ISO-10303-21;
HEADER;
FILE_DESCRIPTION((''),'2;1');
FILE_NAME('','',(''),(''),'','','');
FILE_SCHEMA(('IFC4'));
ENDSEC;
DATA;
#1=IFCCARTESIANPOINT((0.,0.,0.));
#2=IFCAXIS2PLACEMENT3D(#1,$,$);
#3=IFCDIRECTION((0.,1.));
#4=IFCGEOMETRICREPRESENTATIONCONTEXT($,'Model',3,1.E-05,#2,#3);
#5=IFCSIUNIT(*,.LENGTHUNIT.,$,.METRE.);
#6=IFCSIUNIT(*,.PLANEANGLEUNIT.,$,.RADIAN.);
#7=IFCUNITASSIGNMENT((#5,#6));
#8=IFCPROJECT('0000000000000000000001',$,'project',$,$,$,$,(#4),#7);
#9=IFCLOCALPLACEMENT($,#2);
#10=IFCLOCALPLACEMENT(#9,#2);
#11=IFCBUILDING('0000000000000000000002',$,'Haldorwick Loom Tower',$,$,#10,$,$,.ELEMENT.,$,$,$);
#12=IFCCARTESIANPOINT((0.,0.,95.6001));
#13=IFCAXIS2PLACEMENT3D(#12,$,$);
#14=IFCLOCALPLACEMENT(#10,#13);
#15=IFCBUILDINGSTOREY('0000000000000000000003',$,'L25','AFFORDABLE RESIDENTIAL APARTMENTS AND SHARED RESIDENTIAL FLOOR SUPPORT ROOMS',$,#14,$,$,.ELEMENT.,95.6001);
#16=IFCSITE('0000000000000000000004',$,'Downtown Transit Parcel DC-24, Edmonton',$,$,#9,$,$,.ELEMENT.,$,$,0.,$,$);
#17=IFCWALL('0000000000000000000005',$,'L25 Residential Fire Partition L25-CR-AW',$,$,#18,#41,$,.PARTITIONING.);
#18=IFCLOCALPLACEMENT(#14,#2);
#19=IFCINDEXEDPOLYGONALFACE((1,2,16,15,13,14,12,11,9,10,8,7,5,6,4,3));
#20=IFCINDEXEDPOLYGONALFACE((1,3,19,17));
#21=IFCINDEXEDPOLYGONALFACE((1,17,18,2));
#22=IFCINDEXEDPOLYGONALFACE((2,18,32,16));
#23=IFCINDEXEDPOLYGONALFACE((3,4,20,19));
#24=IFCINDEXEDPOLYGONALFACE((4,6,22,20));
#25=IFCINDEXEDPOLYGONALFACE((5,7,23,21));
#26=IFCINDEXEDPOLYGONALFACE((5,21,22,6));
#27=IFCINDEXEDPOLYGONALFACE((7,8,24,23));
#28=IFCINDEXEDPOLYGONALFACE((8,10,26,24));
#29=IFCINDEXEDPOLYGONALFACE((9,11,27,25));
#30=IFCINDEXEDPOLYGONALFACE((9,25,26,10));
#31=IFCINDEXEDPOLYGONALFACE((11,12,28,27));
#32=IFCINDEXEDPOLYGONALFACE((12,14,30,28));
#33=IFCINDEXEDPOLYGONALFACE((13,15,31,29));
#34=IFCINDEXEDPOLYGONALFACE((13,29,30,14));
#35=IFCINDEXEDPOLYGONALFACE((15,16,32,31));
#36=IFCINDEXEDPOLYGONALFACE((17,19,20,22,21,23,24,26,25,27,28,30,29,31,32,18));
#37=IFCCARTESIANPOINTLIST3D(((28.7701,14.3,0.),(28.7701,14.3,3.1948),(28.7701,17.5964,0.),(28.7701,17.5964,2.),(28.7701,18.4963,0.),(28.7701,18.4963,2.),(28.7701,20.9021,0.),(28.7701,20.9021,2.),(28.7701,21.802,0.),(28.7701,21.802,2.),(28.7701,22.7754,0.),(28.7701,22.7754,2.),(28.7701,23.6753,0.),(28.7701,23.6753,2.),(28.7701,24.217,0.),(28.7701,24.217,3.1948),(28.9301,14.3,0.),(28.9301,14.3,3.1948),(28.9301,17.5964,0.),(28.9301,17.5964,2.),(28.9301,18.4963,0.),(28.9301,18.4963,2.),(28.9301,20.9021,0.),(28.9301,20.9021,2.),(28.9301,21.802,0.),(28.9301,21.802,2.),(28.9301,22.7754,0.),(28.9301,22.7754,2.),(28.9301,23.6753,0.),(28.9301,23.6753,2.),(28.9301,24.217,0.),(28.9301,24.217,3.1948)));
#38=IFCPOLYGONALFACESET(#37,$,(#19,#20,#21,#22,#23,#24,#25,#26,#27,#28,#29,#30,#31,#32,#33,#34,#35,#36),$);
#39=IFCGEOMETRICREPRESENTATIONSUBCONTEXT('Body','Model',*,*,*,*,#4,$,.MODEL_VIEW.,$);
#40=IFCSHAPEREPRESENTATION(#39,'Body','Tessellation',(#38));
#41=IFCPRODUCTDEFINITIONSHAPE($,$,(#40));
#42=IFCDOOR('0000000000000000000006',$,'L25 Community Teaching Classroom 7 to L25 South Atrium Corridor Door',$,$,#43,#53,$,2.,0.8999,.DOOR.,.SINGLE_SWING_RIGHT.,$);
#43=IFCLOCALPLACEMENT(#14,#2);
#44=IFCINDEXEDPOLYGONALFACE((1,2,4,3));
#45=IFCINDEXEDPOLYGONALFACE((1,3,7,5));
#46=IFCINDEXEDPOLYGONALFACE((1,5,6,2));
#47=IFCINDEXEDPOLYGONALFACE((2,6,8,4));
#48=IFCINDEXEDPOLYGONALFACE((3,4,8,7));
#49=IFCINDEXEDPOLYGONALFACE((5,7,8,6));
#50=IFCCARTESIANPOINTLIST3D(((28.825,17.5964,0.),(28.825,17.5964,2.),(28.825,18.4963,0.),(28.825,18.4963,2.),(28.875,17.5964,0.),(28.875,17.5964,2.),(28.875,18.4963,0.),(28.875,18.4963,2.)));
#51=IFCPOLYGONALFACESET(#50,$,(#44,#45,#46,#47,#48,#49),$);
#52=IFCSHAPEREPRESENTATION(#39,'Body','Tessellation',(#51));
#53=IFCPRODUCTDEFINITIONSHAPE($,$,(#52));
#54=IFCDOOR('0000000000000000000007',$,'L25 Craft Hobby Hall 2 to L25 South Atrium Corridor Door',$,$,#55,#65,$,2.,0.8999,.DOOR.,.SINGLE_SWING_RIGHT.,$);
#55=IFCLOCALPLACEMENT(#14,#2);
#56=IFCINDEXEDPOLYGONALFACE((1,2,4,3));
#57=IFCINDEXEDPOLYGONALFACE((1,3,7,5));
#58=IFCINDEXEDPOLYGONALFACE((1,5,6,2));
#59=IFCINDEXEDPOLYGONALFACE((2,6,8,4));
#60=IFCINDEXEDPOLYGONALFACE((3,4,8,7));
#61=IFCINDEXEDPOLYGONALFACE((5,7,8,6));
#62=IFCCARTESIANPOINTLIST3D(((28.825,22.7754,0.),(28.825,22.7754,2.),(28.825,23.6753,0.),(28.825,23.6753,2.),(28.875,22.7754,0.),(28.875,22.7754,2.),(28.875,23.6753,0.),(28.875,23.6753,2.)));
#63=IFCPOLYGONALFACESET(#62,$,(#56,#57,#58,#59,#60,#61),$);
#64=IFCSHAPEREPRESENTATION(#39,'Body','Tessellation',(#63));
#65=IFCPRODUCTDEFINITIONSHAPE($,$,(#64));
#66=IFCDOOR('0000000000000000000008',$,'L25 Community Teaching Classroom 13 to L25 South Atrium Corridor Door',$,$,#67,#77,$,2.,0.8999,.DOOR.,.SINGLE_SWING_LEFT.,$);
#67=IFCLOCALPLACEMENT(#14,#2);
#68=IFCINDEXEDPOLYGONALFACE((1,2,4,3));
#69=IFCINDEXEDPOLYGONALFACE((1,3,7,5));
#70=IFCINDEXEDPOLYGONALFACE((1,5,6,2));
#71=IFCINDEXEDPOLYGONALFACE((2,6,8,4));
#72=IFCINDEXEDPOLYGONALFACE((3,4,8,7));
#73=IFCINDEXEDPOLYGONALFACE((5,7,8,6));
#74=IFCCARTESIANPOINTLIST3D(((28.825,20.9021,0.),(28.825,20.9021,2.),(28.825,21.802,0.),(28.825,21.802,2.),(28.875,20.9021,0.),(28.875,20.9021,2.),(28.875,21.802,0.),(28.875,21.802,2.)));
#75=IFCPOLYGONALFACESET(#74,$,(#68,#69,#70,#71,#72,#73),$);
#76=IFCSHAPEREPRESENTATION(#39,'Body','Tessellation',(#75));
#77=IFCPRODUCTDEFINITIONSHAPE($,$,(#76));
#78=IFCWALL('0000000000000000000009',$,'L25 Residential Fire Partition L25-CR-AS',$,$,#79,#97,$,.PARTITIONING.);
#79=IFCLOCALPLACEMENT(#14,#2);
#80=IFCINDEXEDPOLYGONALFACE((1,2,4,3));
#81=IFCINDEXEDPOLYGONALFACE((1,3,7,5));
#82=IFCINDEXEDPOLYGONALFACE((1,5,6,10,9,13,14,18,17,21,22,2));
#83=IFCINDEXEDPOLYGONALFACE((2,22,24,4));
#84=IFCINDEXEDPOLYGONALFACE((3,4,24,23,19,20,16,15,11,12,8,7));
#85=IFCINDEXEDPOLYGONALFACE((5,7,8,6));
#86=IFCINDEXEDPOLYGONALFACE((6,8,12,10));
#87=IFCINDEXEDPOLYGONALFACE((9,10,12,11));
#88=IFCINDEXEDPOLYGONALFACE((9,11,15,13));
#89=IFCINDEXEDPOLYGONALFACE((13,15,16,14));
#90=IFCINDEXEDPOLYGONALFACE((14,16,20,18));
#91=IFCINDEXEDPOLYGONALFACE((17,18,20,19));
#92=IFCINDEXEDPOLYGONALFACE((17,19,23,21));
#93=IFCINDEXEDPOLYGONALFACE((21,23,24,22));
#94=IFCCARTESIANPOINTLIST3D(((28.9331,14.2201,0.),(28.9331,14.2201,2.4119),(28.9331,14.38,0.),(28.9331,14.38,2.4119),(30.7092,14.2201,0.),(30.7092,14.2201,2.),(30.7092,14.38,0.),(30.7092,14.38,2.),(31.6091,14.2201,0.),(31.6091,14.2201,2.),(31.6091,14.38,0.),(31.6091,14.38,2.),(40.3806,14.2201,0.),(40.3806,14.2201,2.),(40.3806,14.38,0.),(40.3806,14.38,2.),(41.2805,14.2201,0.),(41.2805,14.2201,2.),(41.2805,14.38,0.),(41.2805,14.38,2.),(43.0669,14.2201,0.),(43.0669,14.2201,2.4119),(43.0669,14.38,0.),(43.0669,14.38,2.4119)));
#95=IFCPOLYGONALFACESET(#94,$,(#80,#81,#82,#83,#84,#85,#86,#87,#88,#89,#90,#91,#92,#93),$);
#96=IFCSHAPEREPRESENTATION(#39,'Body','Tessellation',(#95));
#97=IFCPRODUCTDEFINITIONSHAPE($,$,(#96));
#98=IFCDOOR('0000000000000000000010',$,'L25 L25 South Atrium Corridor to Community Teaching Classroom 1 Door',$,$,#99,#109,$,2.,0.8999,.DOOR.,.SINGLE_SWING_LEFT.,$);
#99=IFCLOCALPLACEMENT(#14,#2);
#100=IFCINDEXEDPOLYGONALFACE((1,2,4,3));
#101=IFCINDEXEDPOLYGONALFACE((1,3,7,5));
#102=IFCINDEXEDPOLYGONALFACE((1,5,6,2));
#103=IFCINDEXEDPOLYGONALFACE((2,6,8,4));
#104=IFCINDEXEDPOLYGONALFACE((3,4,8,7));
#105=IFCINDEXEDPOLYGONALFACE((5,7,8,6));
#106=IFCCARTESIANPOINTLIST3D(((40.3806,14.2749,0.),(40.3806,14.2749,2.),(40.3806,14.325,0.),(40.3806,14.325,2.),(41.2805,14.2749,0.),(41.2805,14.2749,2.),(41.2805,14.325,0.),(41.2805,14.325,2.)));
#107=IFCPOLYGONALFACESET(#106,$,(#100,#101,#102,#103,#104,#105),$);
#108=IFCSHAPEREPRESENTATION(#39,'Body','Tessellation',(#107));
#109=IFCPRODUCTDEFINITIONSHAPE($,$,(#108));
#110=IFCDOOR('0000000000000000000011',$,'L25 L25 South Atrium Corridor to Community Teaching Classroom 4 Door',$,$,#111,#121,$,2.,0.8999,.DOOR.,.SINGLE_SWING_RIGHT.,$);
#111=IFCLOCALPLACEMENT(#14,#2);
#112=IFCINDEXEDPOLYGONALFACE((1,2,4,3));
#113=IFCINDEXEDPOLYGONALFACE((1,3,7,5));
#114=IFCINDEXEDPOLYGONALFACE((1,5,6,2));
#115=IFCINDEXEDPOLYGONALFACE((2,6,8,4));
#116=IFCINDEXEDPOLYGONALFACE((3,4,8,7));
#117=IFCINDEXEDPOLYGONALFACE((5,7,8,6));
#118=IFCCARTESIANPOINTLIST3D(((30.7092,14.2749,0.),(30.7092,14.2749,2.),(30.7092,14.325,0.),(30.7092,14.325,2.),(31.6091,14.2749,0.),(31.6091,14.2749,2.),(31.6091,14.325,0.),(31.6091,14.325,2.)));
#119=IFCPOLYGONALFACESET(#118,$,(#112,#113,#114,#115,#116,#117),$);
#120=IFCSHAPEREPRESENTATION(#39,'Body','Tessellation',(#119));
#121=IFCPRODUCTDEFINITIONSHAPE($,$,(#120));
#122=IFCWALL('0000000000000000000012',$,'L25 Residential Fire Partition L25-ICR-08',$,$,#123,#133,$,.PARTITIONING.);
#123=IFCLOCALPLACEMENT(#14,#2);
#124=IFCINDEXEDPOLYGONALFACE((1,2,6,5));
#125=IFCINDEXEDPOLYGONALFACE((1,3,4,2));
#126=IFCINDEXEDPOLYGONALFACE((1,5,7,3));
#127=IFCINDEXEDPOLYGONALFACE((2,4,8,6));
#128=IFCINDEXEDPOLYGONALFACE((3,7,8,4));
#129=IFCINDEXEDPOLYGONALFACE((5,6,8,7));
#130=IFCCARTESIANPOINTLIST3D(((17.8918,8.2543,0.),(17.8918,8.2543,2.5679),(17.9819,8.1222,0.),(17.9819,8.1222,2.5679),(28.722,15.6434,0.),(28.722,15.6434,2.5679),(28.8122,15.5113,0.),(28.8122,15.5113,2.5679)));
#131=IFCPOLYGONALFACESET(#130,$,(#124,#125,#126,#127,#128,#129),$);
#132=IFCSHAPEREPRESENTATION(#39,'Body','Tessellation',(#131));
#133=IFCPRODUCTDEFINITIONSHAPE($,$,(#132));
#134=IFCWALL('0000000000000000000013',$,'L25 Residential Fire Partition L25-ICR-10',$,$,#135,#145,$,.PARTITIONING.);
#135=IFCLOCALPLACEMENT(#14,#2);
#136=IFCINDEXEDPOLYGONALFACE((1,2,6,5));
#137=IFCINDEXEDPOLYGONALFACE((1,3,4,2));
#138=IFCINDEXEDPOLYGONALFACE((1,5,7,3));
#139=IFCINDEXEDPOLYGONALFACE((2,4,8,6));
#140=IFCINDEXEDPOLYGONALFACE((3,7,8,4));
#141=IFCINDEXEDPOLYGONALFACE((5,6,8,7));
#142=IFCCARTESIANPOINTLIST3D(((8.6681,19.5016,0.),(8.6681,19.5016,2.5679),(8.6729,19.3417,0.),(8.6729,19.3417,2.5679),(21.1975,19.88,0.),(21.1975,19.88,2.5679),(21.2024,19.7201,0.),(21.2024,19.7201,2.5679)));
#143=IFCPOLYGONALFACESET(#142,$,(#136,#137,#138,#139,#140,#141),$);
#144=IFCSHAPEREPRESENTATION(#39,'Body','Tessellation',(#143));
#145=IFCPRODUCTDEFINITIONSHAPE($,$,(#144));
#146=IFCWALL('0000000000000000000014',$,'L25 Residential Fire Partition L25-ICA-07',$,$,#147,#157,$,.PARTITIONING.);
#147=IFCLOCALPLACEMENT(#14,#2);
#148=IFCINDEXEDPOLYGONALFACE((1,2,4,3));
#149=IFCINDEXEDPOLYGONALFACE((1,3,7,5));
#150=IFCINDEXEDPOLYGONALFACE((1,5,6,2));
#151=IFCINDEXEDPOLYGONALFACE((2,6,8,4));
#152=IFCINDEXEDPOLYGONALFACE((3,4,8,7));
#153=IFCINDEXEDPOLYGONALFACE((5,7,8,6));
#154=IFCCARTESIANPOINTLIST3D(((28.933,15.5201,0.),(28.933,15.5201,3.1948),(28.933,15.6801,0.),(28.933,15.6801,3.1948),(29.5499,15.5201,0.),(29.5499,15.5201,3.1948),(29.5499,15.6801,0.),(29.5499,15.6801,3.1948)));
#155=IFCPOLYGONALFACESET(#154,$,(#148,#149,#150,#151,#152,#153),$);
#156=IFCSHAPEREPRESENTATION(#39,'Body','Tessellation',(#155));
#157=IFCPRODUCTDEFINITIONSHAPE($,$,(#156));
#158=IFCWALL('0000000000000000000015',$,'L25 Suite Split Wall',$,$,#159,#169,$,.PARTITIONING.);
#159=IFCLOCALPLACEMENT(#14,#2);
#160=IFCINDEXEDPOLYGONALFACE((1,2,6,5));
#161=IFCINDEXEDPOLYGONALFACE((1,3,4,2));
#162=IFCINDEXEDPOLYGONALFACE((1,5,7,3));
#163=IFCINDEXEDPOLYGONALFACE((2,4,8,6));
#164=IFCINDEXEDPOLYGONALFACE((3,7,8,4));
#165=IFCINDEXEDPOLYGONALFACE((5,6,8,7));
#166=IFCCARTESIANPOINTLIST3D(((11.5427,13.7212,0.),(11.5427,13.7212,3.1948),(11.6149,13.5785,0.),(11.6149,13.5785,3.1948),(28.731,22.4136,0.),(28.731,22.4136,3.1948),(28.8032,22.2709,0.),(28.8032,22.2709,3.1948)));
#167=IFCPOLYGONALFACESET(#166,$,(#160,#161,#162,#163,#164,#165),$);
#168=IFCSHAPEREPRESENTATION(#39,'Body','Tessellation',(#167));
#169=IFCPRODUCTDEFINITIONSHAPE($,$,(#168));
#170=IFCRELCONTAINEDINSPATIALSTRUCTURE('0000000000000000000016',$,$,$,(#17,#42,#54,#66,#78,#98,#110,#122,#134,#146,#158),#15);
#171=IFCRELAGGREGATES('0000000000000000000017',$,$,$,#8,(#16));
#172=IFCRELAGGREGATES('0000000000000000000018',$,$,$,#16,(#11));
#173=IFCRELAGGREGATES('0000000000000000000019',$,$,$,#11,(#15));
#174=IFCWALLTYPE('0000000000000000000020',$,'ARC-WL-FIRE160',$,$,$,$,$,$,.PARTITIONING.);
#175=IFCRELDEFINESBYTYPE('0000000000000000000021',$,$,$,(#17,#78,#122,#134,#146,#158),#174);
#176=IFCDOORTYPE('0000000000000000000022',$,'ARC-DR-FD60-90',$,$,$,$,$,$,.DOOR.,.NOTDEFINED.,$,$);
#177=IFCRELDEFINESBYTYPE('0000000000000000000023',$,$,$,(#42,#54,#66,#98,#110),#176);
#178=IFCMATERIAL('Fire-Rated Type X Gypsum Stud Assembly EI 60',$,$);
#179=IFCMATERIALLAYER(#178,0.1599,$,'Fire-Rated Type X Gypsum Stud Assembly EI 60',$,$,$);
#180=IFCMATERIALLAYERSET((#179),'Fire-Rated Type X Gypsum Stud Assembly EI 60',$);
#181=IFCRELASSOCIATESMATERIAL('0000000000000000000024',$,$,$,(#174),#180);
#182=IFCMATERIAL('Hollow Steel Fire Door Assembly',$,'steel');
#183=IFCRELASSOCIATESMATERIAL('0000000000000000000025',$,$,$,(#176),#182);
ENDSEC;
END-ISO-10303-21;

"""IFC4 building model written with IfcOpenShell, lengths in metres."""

from ifc_helpers import new_model, si_unit, direction, frame, frame_2d, origin, place, context, subcontext, project, spatial, rectangle, extrude, material, layer, layer_set, type_object, element, fill, save


model = new_model("IFC4")

# Units and contexts
model_context = context("Model", 3, precision=1e-05, world=origin(), true_north=direction((0.0, 1.0)))
body_context = subcontext(model_context, "Body", "Model", "MODEL_VIEW")
ifc_project = project(units=[si_unit("LENGTHUNIT", "METRE"), si_unit("PLANEANGLEUNIT", "RADIAN")], contexts=[model_context])

# Site, building, storey
site_placement = place(None, origin())
site = spatial("IfcSite", under=ifc_project, at=site_placement, Name="Downtown Transit Parcel DC-24, Edmonton", CompositionType="ELEMENT", RefElevation=0.0)
building_placement = place(site_placement, origin())
building = spatial("IfcBuilding", under=site, at=building_placement, Name="Haldorwick Loom Tower", CompositionType="ELEMENT")
storey_placement = place(building_placement, frame((0.0, 0.0, 95.6001)))
storey = spatial("IfcBuildingStorey", under=building, at=storey_placement, Name="L25", Description="AFFORDABLE RESIDENTIAL APARTMENTS AND SHARED RESIDENTIAL FLOOR SUPPORT ROOMS", CompositionType="ELEMENT", Elevation=95.6001)

# Walls, openings, doors
ifc_material_1 = material(Name="Fire-Rated Type X Gypsum Stud Assembly EI 60")
ifc_layer_1 = layer(ifc_material_1, 0.1599, Name="Fire-Rated Type X Gypsum Stud Assembly EI 60")
ifc_layer_set_1 = layer_set([ifc_layer_1], Name="Fire-Rated Type X Gypsum Stud Assembly EI 60")
wall_type_1 = type_object("IfcWallType", Name="ARC-WL-FIRE160", PredefinedType="PARTITIONING", material=ifc_layer_set_1)
wall_1_placement = place(storey_placement, frame((28.8501, 14.3, 0.0), z_axis=(0.0, 0.0, 1.0), x_axis=(0.0, 1.0, 0.0)))
wall_1 = element("IfcWall", 1, at=wall_1_placement, inside=storey, type_object=wall_type_1, Name="L25 Residential Fire Partition L25-CR-AW", PredefinedType="PARTITIONING", context=body_context, shape_type="SweptSolid", body=[
    extrude(rectangle(XDim=9.917, YDim=0.1599, at=frame_2d((4.9585, 0.0))), origin(), (0.0, 0.0, 1.0), 3.1948),
])
opening_1_placement = place(wall_1_placement, frame((3.2964, 0.0, 0.0)))
opening_1 = element("IfcOpeningElement", 2, at=opening_1_placement, cuts=wall_1, PredefinedType="OPENING", context=body_context, shape_type="SweptSolid", body=[
    extrude(rectangle(XDim=0.8999, YDim=2.0, at=frame_2d((0.45, 1.0))), frame((0.0, 0.0898, 0.0), z_axis=(0.0, -1.0, 0.0), x_axis=(1.0, 0.0, 0.0)), (0.0, 0.0, 1.0), 0.1799),
])
opening_2_placement = place(wall_1_placement, frame((8.4753, 0.0, 0.0)))
opening_2 = element("IfcOpeningElement", 3, at=opening_2_placement, cuts=wall_1, PredefinedType="OPENING", context=body_context, shape_type="SweptSolid", body=[
    extrude(rectangle(XDim=0.8999, YDim=2.0, at=frame_2d((0.45, 1.0))), frame((0.0, 0.0898, 0.0), z_axis=(0.0, -1.0, 0.0), x_axis=(1.0, 0.0, 0.0)), (0.0, 0.0, 1.0), 0.1799),
])
opening_3_placement = place(wall_1_placement, frame((6.6021, 0.0, 0.0)))
opening_3 = element("IfcOpeningElement", 4, at=opening_3_placement, cuts=wall_1, PredefinedType="OPENING", context=body_context, shape_type="SweptSolid", body=[
    extrude(rectangle(XDim=0.8999, YDim=2.0, at=frame_2d((0.45, 1.0))), frame((0.0, 0.0898, 0.0), z_axis=(0.0, -1.0, 0.0), x_axis=(1.0, 0.0, 0.0)), (0.0, 0.0, 1.0), 0.1799),
])
ifc_material_2 = material(Name="Hollow Steel Fire Door Assembly", Category="steel")
door_type = type_object("IfcDoorType", Name="ARC-DR-FD60-90", OperationType="NOTDEFINED", PredefinedType="DOOR", material=ifc_material_2)
door_1_placement = place(opening_1_placement, frame((0.8999, 0.0, 0.0), z_axis=(0.0, 0.0, 1.0), x_axis=(-1.0, 0.0, 0.0)))
door_1 = element("IfcDoor", 5, at=door_1_placement, inside=storey, type_object=door_type, Name="L25 Community Teaching Classroom 7 to L25 South Atrium Corridor Door", OperationType="SINGLE_SWING_RIGHT", OverallHeight=2.0, OverallWidth=0.8999, PredefinedType="DOOR", context=body_context, shape_type="SweptSolid", body=[
    extrude(rectangle(XDim=0.8999, YDim=2.0, at=frame_2d((0.45, 1.0))), frame((0.0, 0.0249, 0.0), z_axis=(0.0, -1.0, 0.0), x_axis=(1.0, 0.0, 0.0)), (0.0, 0.0, 1.0), 0.05),
])
fill(opening_1, door_1)
door_2_placement = place(opening_2_placement, frame((0.8999, 0.0, 0.0), z_axis=(0.0, 0.0, 1.0), x_axis=(-1.0, 0.0, 0.0)))
door_2 = element("IfcDoor", 6, at=door_2_placement, inside=storey, type_object=door_type, Name="L25 Craft Hobby Hall 2 to L25 South Atrium Corridor Door", OperationType="SINGLE_SWING_RIGHT", OverallHeight=2.0, OverallWidth=0.8999, PredefinedType="DOOR", context=body_context, shape_type="SweptSolid", body=[
    extrude(rectangle(XDim=0.8999, YDim=2.0, at=frame_2d((0.45, 1.0))), frame((0.0, 0.0249, 0.0), z_axis=(0.0, -1.0, 0.0), x_axis=(1.0, 0.0, 0.0)), (0.0, 0.0, 1.0), 0.05),
])
fill(opening_2, door_2)
door_3_placement = place(opening_3_placement, frame((0.8999, 0.0, 0.0), z_axis=(0.0, 0.0, 1.0), x_axis=(-1.0, 0.0, 0.0)))
door_3 = element("IfcDoor", 7, at=door_3_placement, inside=storey, type_object=door_type, Name="L25 Community Teaching Classroom 13 to L25 South Atrium Corridor Door", OperationType="SINGLE_SWING_LEFT", OverallHeight=2.0, OverallWidth=0.8999, PredefinedType="DOOR", context=body_context, shape_type="SweptSolid", body=[
    extrude(rectangle(XDim=0.8999, YDim=2.0, at=frame_2d((0.45, 1.0))), frame((0.0, 0.0249, 0.0), z_axis=(0.0, -1.0, 0.0), x_axis=(1.0, 0.0, 0.0)), (0.0, 0.0, 1.0), 0.05),
])
fill(opening_3, door_3)
wall_2_placement = place(storey_placement, frame((28.9331, 14.3, 0.0), z_axis=(0.0, 0.0, 1.0), x_axis=(1.0, 0.0, 0.0)))
wall_2 = element("IfcWall", 8, at=wall_2_placement, inside=storey, type_object=wall_type_1, Name="L25 Residential Fire Partition L25-CR-AS", PredefinedType="PARTITIONING", context=body_context, shape_type="SweptSolid", body=[
    extrude(rectangle(XDim=14.1338, YDim=0.1599, at=frame_2d((7.0669, 0.0))), origin(), (0.0, 0.0, 1.0), 2.4119),
])
opening_4_placement = place(wall_2_placement, frame((11.4475, 0.0, 0.0)))
opening_4 = element("IfcOpeningElement", 9, at=opening_4_placement, cuts=wall_2, PredefinedType="OPENING", context=body_context, shape_type="SweptSolid", body=[
    extrude(rectangle(XDim=0.8999, YDim=2.0, at=frame_2d((0.45, 1.0))), frame((0.0, 0.0898, 0.0), z_axis=(0.0, -1.0, 0.0), x_axis=(1.0, 0.0, 0.0)), (0.0, 0.0, 1.0), 0.1799),
])
opening_5_placement = place(wall_2_placement, frame((1.7761, 0.0, 0.0)))
opening_5 = element("IfcOpeningElement", 10, at=opening_5_placement, cuts=wall_2, PredefinedType="OPENING", context=body_context, shape_type="SweptSolid", body=[
    extrude(rectangle(XDim=0.8999, YDim=2.0, at=frame_2d((0.45, 1.0))), frame((0.0, 0.0898, 0.0), z_axis=(0.0, -1.0, 0.0), x_axis=(1.0, 0.0, 0.0)), (0.0, 0.0, 1.0), 0.1799),
])
door_4_placement = place(opening_4_placement, origin())
door_4 = element("IfcDoor", 11, at=door_4_placement, inside=storey, type_object=door_type, Name="L25 L25 South Atrium Corridor to Community Teaching Classroom 1 Door", OperationType="SINGLE_SWING_LEFT", OverallHeight=2.0, OverallWidth=0.8999, PredefinedType="DOOR", context=body_context, shape_type="SweptSolid", body=[
    extrude(rectangle(XDim=0.8999, YDim=2.0, at=frame_2d((0.45, 1.0))), frame((0.0, 0.0249, 0.0), z_axis=(0.0, -1.0, 0.0), x_axis=(1.0, 0.0, 0.0)), (0.0, 0.0, 1.0), 0.05),
])
fill(opening_4, door_4)
door_5_placement = place(opening_5_placement, origin())
door_5 = element("IfcDoor", 12, at=door_5_placement, inside=storey, type_object=door_type, Name="L25 L25 South Atrium Corridor to Community Teaching Classroom 4 Door", OperationType="SINGLE_SWING_RIGHT", OverallHeight=2.0, OverallWidth=0.8999, PredefinedType="DOOR", context=body_context, shape_type="SweptSolid", body=[
    extrude(rectangle(XDim=0.8999, YDim=2.0, at=frame_2d((0.45, 1.0))), frame((0.0, 0.0249, 0.0), z_axis=(0.0, -1.0, 0.0), x_axis=(1.0, 0.0, 0.0)), (0.0, 0.0, 1.0), 0.05),
])
fill(opening_5, door_5)

# Walls
wall_3_placement = place(storey_placement, frame((28.7671, 15.5774, 0.0), z_axis=(0.0, 0.0, 1.0), x_axis=(-0.826055, -0.563589, 0.0)))
element("IfcWall", 13, at=wall_3_placement, inside=storey, type_object=wall_type_1, Name="L25 Residential Fire Partition L25-ICR-08", PredefinedType="PARTITIONING", context=body_context, shape_type="SweptSolid", body=[
    extrude(rectangle(XDim=13.1108, YDim=0.1599, at=frame_2d((6.5554, 0.0))), origin(), (0.0, 0.0, 1.0), 2.5679),
])
wall_4_placement = place(storey_placement, frame((21.2, 19.8, 0.0), z_axis=(0.0, 0.0, 1.0), x_axis=(-0.999544, -0.030188, 0.0)))
element("IfcWall", 14, at=wall_4_placement, inside=storey, type_object=wall_type_1, Name="L25 Residential Fire Partition L25-ICR-10", PredefinedType="PARTITIONING", context=body_context, shape_type="SweptSolid", body=[
    extrude(rectangle(XDim=12.5352, YDim=0.1599, at=frame_2d((6.2676, 0.0))), origin(), (0.0, 0.0, 1.0), 2.5679),
])
wall_5_placement = place(storey_placement, frame((29.55, 15.6001, 0.0), z_axis=(0.0, 0.0, 1.0), x_axis=(-1.0, 0.0, 0.0)))
element("IfcWall", 15, at=wall_5_placement, inside=storey, type_object=wall_type_1, Name="L25 Residential Fire Partition L25-ICA-07", PredefinedType="PARTITIONING", context=body_context, shape_type="SweptSolid", body=[
    extrude(rectangle(XDim=0.6169, YDim=0.1599, at=frame_2d((0.3086, 0.0))), origin(), (0.0, 0.0, 1.0), 3.1948),
])
wall_6_placement = place(storey_placement, frame((28.7671, 22.3423, 0.0), z_axis=(0.0, 0.0, 1.0), x_axis=(-0.892377, -0.45129, 0.0)))
element("IfcWall", 16, at=wall_6_placement, inside=storey, type_object=wall_type_1, Name="L25 Suite Split Wall", PredefinedType="PARTITIONING", context=body_context, shape_type="SweptSolid", body=[
    extrude(rectangle(XDim=19.2612, YDim=0.1599, at=frame_2d((9.6306, 0.0))), origin(), (0.0, 0.0, 1.0), 3.1948),
])

save(model, "model.ifc")
